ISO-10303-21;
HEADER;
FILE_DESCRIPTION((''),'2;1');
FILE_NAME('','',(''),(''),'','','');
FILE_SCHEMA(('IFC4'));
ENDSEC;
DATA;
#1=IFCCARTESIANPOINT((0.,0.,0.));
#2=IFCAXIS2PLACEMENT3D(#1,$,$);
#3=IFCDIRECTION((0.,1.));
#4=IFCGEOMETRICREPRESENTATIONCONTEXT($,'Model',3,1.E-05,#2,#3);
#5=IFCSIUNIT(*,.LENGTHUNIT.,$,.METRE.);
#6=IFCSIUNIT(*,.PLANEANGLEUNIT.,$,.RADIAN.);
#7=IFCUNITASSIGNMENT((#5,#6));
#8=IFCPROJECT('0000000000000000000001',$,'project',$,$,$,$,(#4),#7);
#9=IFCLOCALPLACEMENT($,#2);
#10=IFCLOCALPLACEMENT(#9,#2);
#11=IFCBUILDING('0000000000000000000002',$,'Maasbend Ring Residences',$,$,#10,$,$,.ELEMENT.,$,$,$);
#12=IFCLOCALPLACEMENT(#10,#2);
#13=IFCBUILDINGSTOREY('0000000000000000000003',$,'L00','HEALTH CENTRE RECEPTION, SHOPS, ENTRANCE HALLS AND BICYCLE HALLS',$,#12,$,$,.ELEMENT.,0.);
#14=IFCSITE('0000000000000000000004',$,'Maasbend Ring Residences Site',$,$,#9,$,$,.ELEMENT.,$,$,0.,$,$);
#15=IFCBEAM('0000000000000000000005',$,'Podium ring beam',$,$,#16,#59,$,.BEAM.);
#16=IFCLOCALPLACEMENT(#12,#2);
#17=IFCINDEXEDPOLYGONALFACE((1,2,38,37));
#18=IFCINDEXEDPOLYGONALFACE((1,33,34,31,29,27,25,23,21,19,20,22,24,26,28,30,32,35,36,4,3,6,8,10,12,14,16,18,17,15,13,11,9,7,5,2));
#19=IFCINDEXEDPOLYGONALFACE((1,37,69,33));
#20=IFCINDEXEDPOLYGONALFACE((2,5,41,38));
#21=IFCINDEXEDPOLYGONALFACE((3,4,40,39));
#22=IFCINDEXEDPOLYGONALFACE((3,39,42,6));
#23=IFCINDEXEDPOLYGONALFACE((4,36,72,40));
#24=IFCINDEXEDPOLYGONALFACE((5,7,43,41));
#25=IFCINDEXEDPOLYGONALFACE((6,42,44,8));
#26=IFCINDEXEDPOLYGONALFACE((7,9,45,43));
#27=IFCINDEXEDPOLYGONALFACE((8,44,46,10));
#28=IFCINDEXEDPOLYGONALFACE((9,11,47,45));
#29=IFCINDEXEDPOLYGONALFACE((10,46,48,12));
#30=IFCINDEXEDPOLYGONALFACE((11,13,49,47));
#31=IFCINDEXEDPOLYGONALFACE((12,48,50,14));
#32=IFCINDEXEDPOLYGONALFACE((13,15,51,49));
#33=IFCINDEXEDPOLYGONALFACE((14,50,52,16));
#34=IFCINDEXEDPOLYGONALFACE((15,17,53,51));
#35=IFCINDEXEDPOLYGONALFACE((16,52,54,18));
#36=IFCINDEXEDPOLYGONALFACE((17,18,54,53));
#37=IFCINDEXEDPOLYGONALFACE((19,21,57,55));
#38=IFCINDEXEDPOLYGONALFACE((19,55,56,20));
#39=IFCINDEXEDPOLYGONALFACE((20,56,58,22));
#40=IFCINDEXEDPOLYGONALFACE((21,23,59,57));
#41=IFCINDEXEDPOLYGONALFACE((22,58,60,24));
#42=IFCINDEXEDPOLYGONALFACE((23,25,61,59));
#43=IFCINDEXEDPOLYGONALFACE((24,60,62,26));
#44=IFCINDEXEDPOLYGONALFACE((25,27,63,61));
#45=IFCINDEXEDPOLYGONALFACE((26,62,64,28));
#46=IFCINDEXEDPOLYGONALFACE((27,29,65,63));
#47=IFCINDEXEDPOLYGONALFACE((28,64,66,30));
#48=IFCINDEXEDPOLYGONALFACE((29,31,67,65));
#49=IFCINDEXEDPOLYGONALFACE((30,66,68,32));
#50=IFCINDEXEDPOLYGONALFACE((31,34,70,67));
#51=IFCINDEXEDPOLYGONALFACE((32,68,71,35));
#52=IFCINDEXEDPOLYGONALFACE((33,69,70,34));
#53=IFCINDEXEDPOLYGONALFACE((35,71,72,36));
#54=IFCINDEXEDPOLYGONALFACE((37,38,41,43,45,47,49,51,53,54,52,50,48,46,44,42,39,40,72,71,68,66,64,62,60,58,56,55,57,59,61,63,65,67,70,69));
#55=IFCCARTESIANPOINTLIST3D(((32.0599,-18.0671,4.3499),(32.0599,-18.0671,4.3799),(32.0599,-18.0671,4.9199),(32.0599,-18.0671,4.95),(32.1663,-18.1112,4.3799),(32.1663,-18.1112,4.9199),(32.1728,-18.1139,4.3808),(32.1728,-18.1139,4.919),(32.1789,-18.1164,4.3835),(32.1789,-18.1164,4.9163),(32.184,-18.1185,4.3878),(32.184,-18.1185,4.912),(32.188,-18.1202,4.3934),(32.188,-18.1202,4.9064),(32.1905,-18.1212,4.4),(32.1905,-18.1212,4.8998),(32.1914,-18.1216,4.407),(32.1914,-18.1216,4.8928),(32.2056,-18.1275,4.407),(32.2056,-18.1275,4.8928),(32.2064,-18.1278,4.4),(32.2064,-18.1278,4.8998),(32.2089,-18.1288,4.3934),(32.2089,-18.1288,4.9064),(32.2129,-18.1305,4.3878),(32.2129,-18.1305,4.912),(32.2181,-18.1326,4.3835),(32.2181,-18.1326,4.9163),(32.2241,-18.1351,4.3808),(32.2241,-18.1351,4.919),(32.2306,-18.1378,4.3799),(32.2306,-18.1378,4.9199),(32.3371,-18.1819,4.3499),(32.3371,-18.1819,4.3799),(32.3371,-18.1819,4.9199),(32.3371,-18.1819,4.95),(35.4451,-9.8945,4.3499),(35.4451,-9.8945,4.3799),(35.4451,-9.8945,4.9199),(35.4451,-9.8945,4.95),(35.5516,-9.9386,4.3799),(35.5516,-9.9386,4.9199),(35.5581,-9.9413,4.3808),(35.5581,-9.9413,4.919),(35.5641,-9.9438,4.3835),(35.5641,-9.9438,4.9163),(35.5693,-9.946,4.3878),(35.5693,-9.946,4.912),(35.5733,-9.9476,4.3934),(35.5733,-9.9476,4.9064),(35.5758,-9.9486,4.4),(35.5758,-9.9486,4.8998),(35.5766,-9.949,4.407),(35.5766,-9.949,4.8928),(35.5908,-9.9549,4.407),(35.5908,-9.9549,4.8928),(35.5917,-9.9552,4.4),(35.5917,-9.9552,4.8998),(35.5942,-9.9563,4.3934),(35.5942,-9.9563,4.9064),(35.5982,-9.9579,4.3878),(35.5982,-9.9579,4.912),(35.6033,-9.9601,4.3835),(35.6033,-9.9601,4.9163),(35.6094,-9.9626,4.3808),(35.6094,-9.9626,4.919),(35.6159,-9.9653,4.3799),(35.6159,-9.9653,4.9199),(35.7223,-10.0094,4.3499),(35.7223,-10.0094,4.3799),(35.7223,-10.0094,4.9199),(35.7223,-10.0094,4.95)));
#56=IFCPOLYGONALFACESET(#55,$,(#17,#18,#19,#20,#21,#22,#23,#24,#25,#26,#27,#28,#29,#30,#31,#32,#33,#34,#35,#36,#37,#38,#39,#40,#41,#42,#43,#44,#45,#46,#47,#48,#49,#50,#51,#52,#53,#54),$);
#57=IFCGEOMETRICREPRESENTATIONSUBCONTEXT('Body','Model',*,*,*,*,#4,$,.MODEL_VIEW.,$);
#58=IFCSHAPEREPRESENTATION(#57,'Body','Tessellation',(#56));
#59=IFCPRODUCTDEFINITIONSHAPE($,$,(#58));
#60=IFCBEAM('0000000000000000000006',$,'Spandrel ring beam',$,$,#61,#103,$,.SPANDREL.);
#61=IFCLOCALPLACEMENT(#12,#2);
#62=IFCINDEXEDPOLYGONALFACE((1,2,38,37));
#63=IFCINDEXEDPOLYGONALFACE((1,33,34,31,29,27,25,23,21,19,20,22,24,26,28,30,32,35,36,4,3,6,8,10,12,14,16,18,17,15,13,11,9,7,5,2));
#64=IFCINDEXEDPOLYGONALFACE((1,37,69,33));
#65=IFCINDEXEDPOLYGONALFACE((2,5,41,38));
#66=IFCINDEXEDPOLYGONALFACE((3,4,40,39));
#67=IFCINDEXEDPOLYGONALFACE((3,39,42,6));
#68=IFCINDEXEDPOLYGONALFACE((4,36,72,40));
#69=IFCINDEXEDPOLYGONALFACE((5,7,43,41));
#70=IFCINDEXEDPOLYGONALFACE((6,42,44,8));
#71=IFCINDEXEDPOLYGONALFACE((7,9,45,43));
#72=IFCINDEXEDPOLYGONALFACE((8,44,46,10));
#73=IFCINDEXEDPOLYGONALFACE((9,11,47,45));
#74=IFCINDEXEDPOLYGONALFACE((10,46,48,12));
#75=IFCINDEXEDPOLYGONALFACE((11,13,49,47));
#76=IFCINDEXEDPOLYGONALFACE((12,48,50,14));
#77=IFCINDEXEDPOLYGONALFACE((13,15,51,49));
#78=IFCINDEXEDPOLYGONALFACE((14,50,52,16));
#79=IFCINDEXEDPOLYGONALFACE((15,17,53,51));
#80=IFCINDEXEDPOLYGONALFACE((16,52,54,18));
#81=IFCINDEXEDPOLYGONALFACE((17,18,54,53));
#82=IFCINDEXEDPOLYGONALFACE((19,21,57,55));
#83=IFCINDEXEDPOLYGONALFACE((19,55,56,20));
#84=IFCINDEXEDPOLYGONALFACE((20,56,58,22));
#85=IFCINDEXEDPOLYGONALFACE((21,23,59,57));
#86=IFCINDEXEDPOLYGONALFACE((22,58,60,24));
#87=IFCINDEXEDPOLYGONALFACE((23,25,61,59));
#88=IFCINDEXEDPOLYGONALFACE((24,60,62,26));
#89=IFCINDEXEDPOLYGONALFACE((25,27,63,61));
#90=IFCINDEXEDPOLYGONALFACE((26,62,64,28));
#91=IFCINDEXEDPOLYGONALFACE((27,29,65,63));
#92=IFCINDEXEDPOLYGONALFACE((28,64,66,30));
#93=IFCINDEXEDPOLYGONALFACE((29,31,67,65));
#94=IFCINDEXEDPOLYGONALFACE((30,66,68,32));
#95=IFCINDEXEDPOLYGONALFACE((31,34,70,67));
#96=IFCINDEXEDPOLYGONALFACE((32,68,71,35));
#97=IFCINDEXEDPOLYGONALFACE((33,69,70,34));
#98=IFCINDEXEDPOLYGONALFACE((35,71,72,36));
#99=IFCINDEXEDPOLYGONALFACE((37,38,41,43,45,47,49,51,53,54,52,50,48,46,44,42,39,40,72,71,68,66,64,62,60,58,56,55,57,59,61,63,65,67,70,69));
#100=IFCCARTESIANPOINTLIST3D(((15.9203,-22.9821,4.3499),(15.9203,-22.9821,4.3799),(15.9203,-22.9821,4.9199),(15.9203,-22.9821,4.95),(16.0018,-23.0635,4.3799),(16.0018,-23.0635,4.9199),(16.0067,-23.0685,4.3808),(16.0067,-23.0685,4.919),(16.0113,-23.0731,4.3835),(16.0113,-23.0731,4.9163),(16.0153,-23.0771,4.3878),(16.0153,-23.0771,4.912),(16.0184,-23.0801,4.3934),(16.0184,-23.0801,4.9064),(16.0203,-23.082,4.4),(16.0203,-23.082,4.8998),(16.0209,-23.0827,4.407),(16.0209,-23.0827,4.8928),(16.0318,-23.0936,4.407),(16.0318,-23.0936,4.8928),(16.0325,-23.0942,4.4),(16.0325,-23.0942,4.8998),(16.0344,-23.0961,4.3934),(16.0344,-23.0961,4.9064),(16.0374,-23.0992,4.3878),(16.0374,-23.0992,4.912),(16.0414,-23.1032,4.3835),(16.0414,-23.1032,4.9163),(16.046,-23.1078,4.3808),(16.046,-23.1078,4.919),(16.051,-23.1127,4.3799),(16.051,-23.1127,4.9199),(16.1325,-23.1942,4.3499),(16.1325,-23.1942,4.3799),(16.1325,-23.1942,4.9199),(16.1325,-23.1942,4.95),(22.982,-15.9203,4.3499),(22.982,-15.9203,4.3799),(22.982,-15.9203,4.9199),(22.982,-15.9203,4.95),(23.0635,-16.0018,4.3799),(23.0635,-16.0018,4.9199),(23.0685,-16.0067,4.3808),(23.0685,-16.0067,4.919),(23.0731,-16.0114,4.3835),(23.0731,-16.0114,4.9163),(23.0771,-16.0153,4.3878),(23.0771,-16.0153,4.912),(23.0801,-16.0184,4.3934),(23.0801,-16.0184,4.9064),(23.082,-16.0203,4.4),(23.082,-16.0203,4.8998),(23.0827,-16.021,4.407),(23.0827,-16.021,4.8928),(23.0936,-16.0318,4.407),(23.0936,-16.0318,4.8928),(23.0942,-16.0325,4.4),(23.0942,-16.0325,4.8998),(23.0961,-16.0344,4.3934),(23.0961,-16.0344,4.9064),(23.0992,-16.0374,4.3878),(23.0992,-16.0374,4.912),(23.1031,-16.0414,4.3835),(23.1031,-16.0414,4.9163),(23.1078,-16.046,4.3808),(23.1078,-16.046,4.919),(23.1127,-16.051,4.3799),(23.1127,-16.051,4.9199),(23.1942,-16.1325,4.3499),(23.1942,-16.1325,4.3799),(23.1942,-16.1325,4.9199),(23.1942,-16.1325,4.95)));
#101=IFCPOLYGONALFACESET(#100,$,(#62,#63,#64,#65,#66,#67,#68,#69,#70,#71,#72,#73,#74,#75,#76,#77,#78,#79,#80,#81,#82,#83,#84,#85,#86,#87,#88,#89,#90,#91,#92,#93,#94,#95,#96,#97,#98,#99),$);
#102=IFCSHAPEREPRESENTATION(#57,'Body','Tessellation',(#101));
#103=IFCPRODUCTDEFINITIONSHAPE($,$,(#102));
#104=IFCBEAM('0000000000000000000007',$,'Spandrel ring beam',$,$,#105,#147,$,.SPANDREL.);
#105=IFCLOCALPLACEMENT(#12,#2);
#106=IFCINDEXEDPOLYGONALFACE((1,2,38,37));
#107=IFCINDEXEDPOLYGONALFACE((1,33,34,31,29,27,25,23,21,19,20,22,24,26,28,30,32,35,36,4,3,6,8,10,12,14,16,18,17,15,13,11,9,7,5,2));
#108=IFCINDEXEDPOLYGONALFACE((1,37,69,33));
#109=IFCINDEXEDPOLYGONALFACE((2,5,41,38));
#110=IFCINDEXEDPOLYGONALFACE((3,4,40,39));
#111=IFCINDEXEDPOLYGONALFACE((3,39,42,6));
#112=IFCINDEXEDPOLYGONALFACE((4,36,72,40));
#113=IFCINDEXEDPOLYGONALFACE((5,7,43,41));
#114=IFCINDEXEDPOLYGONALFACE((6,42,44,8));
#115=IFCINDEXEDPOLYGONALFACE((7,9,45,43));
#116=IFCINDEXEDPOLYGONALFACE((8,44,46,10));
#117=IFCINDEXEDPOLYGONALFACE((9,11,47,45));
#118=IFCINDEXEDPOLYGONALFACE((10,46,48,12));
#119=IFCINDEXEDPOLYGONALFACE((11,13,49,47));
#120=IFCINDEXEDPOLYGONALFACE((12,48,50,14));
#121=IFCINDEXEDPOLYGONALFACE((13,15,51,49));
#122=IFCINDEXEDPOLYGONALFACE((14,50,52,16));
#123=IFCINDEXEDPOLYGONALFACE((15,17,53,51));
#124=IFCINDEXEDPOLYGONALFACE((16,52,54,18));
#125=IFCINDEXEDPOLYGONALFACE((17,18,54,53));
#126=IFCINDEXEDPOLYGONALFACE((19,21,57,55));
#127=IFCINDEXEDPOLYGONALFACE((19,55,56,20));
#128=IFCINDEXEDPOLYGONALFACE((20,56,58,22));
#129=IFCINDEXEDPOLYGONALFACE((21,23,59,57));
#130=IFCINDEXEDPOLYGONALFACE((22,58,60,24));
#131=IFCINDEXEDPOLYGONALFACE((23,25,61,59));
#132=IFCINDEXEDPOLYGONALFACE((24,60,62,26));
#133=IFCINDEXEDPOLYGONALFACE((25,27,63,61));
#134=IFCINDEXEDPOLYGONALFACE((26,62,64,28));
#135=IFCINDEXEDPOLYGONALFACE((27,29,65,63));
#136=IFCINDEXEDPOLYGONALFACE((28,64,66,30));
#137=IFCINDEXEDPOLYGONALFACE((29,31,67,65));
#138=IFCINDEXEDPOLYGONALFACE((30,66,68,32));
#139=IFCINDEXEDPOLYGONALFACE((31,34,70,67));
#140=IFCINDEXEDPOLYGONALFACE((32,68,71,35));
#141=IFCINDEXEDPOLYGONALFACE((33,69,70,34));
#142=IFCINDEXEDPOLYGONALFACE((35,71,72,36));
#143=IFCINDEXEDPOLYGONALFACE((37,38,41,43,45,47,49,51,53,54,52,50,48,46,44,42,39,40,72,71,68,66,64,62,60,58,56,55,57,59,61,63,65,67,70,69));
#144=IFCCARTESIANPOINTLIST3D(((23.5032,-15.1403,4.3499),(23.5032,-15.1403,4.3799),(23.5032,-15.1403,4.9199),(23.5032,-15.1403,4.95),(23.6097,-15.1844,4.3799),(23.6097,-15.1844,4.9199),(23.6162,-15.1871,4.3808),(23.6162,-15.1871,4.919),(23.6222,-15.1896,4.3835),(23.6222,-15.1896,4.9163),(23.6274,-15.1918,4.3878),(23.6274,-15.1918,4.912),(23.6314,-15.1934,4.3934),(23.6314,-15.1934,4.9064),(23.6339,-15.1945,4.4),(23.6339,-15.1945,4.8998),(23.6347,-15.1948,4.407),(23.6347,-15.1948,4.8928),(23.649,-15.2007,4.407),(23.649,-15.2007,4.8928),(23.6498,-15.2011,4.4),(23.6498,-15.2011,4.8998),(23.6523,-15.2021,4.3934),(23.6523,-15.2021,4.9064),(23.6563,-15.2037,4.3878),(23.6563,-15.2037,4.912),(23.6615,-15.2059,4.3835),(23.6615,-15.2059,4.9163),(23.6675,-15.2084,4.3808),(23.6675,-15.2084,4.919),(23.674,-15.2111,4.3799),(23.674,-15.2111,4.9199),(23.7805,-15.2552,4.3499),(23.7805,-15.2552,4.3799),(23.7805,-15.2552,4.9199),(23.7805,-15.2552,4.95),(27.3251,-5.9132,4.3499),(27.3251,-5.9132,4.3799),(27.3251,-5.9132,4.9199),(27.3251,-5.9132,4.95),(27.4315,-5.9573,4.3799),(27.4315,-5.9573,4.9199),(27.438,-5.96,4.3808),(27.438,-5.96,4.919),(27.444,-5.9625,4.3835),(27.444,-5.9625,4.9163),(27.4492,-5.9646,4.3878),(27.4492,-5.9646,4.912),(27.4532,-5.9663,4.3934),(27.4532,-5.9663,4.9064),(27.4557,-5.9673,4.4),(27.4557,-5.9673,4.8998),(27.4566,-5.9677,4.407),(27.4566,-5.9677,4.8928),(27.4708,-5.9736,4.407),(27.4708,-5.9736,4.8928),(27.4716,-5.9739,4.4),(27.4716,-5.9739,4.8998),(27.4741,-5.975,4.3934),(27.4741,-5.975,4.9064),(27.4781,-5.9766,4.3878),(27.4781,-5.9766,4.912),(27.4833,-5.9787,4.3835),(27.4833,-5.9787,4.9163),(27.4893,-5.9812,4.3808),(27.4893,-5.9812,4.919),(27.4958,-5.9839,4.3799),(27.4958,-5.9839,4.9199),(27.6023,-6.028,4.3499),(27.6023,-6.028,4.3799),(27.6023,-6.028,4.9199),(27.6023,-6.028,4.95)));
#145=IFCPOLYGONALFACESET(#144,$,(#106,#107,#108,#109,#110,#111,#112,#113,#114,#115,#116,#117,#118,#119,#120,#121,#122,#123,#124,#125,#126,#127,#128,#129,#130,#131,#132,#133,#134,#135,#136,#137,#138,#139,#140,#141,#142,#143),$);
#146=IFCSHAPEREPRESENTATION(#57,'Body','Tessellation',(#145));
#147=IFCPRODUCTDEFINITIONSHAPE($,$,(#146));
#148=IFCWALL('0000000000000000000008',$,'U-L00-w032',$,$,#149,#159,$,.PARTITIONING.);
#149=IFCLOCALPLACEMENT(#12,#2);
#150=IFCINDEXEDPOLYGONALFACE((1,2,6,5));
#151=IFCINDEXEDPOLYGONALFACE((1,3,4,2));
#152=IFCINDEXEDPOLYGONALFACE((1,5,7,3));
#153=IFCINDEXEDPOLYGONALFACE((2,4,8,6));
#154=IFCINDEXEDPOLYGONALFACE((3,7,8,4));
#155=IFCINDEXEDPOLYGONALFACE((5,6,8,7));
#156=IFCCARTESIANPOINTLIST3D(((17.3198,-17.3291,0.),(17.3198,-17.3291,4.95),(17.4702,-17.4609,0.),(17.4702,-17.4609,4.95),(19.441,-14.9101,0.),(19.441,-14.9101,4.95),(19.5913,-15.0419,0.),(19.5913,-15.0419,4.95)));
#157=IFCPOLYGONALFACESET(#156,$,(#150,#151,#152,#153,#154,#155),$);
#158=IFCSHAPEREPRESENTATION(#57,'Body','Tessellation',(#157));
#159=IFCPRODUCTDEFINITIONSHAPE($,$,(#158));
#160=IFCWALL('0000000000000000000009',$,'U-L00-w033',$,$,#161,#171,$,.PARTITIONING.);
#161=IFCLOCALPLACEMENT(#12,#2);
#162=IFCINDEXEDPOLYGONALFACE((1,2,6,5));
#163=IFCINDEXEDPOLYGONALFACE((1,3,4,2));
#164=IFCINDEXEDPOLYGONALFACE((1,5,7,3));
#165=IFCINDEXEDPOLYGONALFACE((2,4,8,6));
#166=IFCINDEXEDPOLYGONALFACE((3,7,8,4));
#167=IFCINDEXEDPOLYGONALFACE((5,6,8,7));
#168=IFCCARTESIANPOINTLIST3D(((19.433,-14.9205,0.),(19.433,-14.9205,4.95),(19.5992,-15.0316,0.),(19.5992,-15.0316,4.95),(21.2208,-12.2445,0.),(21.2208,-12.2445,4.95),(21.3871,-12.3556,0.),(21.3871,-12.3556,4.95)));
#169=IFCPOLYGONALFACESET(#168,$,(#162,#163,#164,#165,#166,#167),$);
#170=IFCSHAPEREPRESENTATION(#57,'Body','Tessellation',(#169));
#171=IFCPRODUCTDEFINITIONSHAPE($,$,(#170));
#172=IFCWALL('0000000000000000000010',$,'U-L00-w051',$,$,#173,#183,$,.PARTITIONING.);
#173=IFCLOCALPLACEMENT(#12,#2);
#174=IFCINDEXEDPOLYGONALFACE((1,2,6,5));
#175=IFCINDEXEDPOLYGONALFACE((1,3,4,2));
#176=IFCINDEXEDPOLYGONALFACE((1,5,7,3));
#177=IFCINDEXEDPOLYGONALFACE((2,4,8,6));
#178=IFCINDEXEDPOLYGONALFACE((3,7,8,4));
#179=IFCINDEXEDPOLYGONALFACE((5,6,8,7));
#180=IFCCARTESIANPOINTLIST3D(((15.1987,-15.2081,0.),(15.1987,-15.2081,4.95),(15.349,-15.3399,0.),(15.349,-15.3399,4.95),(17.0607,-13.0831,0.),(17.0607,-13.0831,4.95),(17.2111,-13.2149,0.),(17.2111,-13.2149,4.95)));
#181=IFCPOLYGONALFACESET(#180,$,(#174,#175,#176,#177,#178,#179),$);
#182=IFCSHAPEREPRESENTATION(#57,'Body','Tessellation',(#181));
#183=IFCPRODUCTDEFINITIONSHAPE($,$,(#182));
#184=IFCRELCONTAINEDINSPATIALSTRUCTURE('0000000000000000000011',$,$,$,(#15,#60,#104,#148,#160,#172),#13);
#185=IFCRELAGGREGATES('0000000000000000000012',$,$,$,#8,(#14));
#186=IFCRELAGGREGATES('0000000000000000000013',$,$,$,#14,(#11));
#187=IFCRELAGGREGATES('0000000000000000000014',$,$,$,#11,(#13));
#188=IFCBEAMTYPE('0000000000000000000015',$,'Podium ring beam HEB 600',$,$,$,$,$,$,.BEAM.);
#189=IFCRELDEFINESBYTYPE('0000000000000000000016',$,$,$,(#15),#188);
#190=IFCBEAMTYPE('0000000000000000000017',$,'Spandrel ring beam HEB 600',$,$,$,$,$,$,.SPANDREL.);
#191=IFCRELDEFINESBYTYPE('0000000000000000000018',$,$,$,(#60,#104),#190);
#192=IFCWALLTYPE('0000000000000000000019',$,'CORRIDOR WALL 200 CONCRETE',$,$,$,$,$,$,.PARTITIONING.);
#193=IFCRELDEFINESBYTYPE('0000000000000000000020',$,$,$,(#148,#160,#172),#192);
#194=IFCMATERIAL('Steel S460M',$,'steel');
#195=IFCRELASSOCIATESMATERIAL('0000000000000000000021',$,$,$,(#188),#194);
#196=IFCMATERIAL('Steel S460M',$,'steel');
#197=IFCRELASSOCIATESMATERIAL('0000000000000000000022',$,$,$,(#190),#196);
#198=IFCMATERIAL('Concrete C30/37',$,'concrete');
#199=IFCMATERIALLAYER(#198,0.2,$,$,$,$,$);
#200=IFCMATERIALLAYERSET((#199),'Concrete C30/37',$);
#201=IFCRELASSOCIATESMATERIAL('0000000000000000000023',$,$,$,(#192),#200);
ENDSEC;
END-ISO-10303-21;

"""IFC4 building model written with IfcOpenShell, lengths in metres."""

from ifc_helpers import new_model, si_unit, direction, frame, frame_2d, origin, origin_2d, place, context, subcontext, project, spatial, rectangle, i_section, extrude, material, layer, layer_set, material_profile, profile_set, type_object, element, save


model = new_model("IFC4")

# Units and contexts
model_context = context("Model", 3, precision=1e-05, world=origin(), true_north=direction((0.0, 1.0)))
body_context = subcontext(model_context, "Body", "Model", "MODEL_VIEW")
ifc_project = project(units=[si_unit("LENGTHUNIT", "METRE"), si_unit("PLANEANGLEUNIT", "RADIAN")], contexts=[model_context])

# Site, building, storey
site_placement = place(None, origin())
site = spatial("IfcSite", under=ifc_project, at=site_placement, Name="Maasbend Ring Residences Site", CompositionType="ELEMENT", RefElevation=0.0)
building_placement = place(site_placement, origin())
building = spatial("IfcBuilding", under=site, at=building_placement, Name="Maasbend Ring Residences", CompositionType="ELEMENT")
storey_placement = place(building_placement, origin())
storey = spatial("IfcBuildingStorey", under=building, at=storey_placement, Name="L00", Description="HEALTH CENTRE RECEPTION, SHOPS, ENTRANCE HALLS AND BICYCLE HALLS", CompositionType="ELEMENT", Elevation=0.0)

# Beams
ifc_material_1 = material(Name="Steel S460M", Category="steel")
ifc_material_profile_1 = material_profile(ifc_material_1, i_section(OverallWidth=0.3, OverallDepth=0.6001, WebThickness=0.0154, FlangeThickness=0.03, FilletRadius=0.0271, at=origin_2d()), Name="HEB 600")
ifc_profile_set_1 = profile_set([ifc_material_profile_1], Name="Steel S460M")
beam_type_1 = type_object("IfcBeamType", Name="Podium ring beam HEB 600", PredefinedType="BEAM", material=ifc_profile_set_1)
beam_1_placement = place(storey_placement, frame((32.1985, -18.1245, 4.6499), z_axis=(0.382688, 0.923878, 0.0), x_axis=(-0.923878, 0.382688, 0.0)))
element("IfcBeam", 1, at=beam_1_placement, inside=storey, type_object=beam_type_1, Name="Podium ring beam", PredefinedType="BEAM", context=body_context, shape_type="SweptSolid", body=[
    extrude(i_section(OverallWidth=0.3, OverallDepth=0.6001, WebThickness=0.0154, FlangeThickness=0.03, FilletRadius=0.0271, at=origin_2d()), origin(), (0.0, 0.0, 1.0), 8.8459),
])
ifc_material_2 = material(Name="Steel S460M", Category="steel")
ifc_material_profile_2 = material_profile(ifc_material_2, i_section(OverallWidth=0.3, OverallDepth=0.6001, WebThickness=0.0154, FlangeThickness=0.03, FilletRadius=0.0271, at=origin_2d()), Name="HEB 600")
ifc_profile_set_2 = profile_set([ifc_material_profile_2], Name="Steel S460M")
beam_type_2 = type_object("IfcBeamType", Name="Spandrel ring beam HEB 600", PredefinedType="SPANDREL", material=ifc_profile_set_2)
beam_2_placement = place(storey_placement, frame((16.0264, -23.0881, 4.6499), z_axis=(0.707107, 0.707107, 0.0), x_axis=(-0.707107, 0.707107, 0.0)))
element("IfcBeam", 2, at=beam_2_placement, inside=storey, type_object=beam_type_2, Name="Spandrel ring beam", PredefinedType="SPANDREL", context=body_context, shape_type="SweptSolid", body=[
    extrude(i_section(OverallWidth=0.3, OverallDepth=0.6001, WebThickness=0.0154, FlangeThickness=0.03, FilletRadius=0.0271, at=origin_2d()), origin(), (0.0, 0.0, 1.0), 9.9868),
])
beam_3_placement = place(storey_placement, frame((23.6418, -15.1978, 4.6499), z_axis=(0.382667, 0.923886, 0.0), x_axis=(-0.923886, 0.382667, 0.0)))
element("IfcBeam", 3, at=beam_3_placement, inside=storey, type_object=beam_type_2, Name="Spandrel ring beam", PredefinedType="SPANDREL", context=body_context, shape_type="SweptSolid", body=[
    extrude(i_section(OverallWidth=0.3, OverallDepth=0.6001, WebThickness=0.0154, FlangeThickness=0.03, FilletRadius=0.0271, at=origin_2d()), origin(), (0.0, 0.0, 1.0), 9.9873),
])

# Walls
ifc_material_3 = material(Name="Concrete C30/37", Category="concrete")
ifc_layer_1 = layer(ifc_material_3, 0.2)
ifc_layer_set_1 = layer_set([ifc_layer_1], Name="Concrete C30/37")
wall_type_1 = type_object("IfcWallType", Name="CORRIDOR WALL 200 CONCRETE", PredefinedType="PARTITIONING", material=ifc_layer_set_1)
wall_1_placement = place(storey_placement, frame((17.395, -17.395, 0.0), z_axis=(0.0, 0.0, 1.0), x_axis=(0.659299, 0.751881, 0.0)))
element("IfcWall", 4, at=wall_1_placement, inside=storey, type_object=wall_type_1, Name="U-L00-w032", PredefinedType="PARTITIONING", context=body_context, shape_type="SweptSolid", body=[
    extrude(rectangle(XDim=3.2173, YDim=0.2, at=frame_2d((1.6086, 0.0))), origin(), (0.0, 0.0, 1.0), 4.95),
])
wall_2_placement = place(storey_placement, frame((19.5161, -14.9761, 0.0), z_axis=(0.0, 0.0, 1.0), x_axis=(0.555523, 0.831501, 0.0)))
element("IfcWall", 5, at=wall_2_placement, inside=storey, type_object=wall_type_1, Name="U-L00-w033", PredefinedType="PARTITIONING", context=body_context, shape_type="SweptSolid", body=[
    extrude(rectangle(XDim=3.2183, YDim=0.2, at=frame_2d((1.6091, 0.0))), origin(), (0.0, 0.0, 1.0), 4.95),
])
wall_3_placement = place(storey_placement, frame((15.2739, -15.2739, 0.0), z_axis=(0.0, 0.0, 1.0), x_axis=(0.659043, 0.752105, 0.0)))
element("IfcWall", 6, at=wall_3_placement, inside=storey, type_object=wall_type_1, Name="U-L00-w051", PredefinedType="PARTITIONING", context=body_context, shape_type="SweptSolid", body=[
    extrude(rectangle(XDim=2.8254, YDim=0.2, at=frame_2d((1.4126, 0.0))), origin(), (0.0, 0.0, 1.0), 4.95),
])

save(model, "model.ifc")
